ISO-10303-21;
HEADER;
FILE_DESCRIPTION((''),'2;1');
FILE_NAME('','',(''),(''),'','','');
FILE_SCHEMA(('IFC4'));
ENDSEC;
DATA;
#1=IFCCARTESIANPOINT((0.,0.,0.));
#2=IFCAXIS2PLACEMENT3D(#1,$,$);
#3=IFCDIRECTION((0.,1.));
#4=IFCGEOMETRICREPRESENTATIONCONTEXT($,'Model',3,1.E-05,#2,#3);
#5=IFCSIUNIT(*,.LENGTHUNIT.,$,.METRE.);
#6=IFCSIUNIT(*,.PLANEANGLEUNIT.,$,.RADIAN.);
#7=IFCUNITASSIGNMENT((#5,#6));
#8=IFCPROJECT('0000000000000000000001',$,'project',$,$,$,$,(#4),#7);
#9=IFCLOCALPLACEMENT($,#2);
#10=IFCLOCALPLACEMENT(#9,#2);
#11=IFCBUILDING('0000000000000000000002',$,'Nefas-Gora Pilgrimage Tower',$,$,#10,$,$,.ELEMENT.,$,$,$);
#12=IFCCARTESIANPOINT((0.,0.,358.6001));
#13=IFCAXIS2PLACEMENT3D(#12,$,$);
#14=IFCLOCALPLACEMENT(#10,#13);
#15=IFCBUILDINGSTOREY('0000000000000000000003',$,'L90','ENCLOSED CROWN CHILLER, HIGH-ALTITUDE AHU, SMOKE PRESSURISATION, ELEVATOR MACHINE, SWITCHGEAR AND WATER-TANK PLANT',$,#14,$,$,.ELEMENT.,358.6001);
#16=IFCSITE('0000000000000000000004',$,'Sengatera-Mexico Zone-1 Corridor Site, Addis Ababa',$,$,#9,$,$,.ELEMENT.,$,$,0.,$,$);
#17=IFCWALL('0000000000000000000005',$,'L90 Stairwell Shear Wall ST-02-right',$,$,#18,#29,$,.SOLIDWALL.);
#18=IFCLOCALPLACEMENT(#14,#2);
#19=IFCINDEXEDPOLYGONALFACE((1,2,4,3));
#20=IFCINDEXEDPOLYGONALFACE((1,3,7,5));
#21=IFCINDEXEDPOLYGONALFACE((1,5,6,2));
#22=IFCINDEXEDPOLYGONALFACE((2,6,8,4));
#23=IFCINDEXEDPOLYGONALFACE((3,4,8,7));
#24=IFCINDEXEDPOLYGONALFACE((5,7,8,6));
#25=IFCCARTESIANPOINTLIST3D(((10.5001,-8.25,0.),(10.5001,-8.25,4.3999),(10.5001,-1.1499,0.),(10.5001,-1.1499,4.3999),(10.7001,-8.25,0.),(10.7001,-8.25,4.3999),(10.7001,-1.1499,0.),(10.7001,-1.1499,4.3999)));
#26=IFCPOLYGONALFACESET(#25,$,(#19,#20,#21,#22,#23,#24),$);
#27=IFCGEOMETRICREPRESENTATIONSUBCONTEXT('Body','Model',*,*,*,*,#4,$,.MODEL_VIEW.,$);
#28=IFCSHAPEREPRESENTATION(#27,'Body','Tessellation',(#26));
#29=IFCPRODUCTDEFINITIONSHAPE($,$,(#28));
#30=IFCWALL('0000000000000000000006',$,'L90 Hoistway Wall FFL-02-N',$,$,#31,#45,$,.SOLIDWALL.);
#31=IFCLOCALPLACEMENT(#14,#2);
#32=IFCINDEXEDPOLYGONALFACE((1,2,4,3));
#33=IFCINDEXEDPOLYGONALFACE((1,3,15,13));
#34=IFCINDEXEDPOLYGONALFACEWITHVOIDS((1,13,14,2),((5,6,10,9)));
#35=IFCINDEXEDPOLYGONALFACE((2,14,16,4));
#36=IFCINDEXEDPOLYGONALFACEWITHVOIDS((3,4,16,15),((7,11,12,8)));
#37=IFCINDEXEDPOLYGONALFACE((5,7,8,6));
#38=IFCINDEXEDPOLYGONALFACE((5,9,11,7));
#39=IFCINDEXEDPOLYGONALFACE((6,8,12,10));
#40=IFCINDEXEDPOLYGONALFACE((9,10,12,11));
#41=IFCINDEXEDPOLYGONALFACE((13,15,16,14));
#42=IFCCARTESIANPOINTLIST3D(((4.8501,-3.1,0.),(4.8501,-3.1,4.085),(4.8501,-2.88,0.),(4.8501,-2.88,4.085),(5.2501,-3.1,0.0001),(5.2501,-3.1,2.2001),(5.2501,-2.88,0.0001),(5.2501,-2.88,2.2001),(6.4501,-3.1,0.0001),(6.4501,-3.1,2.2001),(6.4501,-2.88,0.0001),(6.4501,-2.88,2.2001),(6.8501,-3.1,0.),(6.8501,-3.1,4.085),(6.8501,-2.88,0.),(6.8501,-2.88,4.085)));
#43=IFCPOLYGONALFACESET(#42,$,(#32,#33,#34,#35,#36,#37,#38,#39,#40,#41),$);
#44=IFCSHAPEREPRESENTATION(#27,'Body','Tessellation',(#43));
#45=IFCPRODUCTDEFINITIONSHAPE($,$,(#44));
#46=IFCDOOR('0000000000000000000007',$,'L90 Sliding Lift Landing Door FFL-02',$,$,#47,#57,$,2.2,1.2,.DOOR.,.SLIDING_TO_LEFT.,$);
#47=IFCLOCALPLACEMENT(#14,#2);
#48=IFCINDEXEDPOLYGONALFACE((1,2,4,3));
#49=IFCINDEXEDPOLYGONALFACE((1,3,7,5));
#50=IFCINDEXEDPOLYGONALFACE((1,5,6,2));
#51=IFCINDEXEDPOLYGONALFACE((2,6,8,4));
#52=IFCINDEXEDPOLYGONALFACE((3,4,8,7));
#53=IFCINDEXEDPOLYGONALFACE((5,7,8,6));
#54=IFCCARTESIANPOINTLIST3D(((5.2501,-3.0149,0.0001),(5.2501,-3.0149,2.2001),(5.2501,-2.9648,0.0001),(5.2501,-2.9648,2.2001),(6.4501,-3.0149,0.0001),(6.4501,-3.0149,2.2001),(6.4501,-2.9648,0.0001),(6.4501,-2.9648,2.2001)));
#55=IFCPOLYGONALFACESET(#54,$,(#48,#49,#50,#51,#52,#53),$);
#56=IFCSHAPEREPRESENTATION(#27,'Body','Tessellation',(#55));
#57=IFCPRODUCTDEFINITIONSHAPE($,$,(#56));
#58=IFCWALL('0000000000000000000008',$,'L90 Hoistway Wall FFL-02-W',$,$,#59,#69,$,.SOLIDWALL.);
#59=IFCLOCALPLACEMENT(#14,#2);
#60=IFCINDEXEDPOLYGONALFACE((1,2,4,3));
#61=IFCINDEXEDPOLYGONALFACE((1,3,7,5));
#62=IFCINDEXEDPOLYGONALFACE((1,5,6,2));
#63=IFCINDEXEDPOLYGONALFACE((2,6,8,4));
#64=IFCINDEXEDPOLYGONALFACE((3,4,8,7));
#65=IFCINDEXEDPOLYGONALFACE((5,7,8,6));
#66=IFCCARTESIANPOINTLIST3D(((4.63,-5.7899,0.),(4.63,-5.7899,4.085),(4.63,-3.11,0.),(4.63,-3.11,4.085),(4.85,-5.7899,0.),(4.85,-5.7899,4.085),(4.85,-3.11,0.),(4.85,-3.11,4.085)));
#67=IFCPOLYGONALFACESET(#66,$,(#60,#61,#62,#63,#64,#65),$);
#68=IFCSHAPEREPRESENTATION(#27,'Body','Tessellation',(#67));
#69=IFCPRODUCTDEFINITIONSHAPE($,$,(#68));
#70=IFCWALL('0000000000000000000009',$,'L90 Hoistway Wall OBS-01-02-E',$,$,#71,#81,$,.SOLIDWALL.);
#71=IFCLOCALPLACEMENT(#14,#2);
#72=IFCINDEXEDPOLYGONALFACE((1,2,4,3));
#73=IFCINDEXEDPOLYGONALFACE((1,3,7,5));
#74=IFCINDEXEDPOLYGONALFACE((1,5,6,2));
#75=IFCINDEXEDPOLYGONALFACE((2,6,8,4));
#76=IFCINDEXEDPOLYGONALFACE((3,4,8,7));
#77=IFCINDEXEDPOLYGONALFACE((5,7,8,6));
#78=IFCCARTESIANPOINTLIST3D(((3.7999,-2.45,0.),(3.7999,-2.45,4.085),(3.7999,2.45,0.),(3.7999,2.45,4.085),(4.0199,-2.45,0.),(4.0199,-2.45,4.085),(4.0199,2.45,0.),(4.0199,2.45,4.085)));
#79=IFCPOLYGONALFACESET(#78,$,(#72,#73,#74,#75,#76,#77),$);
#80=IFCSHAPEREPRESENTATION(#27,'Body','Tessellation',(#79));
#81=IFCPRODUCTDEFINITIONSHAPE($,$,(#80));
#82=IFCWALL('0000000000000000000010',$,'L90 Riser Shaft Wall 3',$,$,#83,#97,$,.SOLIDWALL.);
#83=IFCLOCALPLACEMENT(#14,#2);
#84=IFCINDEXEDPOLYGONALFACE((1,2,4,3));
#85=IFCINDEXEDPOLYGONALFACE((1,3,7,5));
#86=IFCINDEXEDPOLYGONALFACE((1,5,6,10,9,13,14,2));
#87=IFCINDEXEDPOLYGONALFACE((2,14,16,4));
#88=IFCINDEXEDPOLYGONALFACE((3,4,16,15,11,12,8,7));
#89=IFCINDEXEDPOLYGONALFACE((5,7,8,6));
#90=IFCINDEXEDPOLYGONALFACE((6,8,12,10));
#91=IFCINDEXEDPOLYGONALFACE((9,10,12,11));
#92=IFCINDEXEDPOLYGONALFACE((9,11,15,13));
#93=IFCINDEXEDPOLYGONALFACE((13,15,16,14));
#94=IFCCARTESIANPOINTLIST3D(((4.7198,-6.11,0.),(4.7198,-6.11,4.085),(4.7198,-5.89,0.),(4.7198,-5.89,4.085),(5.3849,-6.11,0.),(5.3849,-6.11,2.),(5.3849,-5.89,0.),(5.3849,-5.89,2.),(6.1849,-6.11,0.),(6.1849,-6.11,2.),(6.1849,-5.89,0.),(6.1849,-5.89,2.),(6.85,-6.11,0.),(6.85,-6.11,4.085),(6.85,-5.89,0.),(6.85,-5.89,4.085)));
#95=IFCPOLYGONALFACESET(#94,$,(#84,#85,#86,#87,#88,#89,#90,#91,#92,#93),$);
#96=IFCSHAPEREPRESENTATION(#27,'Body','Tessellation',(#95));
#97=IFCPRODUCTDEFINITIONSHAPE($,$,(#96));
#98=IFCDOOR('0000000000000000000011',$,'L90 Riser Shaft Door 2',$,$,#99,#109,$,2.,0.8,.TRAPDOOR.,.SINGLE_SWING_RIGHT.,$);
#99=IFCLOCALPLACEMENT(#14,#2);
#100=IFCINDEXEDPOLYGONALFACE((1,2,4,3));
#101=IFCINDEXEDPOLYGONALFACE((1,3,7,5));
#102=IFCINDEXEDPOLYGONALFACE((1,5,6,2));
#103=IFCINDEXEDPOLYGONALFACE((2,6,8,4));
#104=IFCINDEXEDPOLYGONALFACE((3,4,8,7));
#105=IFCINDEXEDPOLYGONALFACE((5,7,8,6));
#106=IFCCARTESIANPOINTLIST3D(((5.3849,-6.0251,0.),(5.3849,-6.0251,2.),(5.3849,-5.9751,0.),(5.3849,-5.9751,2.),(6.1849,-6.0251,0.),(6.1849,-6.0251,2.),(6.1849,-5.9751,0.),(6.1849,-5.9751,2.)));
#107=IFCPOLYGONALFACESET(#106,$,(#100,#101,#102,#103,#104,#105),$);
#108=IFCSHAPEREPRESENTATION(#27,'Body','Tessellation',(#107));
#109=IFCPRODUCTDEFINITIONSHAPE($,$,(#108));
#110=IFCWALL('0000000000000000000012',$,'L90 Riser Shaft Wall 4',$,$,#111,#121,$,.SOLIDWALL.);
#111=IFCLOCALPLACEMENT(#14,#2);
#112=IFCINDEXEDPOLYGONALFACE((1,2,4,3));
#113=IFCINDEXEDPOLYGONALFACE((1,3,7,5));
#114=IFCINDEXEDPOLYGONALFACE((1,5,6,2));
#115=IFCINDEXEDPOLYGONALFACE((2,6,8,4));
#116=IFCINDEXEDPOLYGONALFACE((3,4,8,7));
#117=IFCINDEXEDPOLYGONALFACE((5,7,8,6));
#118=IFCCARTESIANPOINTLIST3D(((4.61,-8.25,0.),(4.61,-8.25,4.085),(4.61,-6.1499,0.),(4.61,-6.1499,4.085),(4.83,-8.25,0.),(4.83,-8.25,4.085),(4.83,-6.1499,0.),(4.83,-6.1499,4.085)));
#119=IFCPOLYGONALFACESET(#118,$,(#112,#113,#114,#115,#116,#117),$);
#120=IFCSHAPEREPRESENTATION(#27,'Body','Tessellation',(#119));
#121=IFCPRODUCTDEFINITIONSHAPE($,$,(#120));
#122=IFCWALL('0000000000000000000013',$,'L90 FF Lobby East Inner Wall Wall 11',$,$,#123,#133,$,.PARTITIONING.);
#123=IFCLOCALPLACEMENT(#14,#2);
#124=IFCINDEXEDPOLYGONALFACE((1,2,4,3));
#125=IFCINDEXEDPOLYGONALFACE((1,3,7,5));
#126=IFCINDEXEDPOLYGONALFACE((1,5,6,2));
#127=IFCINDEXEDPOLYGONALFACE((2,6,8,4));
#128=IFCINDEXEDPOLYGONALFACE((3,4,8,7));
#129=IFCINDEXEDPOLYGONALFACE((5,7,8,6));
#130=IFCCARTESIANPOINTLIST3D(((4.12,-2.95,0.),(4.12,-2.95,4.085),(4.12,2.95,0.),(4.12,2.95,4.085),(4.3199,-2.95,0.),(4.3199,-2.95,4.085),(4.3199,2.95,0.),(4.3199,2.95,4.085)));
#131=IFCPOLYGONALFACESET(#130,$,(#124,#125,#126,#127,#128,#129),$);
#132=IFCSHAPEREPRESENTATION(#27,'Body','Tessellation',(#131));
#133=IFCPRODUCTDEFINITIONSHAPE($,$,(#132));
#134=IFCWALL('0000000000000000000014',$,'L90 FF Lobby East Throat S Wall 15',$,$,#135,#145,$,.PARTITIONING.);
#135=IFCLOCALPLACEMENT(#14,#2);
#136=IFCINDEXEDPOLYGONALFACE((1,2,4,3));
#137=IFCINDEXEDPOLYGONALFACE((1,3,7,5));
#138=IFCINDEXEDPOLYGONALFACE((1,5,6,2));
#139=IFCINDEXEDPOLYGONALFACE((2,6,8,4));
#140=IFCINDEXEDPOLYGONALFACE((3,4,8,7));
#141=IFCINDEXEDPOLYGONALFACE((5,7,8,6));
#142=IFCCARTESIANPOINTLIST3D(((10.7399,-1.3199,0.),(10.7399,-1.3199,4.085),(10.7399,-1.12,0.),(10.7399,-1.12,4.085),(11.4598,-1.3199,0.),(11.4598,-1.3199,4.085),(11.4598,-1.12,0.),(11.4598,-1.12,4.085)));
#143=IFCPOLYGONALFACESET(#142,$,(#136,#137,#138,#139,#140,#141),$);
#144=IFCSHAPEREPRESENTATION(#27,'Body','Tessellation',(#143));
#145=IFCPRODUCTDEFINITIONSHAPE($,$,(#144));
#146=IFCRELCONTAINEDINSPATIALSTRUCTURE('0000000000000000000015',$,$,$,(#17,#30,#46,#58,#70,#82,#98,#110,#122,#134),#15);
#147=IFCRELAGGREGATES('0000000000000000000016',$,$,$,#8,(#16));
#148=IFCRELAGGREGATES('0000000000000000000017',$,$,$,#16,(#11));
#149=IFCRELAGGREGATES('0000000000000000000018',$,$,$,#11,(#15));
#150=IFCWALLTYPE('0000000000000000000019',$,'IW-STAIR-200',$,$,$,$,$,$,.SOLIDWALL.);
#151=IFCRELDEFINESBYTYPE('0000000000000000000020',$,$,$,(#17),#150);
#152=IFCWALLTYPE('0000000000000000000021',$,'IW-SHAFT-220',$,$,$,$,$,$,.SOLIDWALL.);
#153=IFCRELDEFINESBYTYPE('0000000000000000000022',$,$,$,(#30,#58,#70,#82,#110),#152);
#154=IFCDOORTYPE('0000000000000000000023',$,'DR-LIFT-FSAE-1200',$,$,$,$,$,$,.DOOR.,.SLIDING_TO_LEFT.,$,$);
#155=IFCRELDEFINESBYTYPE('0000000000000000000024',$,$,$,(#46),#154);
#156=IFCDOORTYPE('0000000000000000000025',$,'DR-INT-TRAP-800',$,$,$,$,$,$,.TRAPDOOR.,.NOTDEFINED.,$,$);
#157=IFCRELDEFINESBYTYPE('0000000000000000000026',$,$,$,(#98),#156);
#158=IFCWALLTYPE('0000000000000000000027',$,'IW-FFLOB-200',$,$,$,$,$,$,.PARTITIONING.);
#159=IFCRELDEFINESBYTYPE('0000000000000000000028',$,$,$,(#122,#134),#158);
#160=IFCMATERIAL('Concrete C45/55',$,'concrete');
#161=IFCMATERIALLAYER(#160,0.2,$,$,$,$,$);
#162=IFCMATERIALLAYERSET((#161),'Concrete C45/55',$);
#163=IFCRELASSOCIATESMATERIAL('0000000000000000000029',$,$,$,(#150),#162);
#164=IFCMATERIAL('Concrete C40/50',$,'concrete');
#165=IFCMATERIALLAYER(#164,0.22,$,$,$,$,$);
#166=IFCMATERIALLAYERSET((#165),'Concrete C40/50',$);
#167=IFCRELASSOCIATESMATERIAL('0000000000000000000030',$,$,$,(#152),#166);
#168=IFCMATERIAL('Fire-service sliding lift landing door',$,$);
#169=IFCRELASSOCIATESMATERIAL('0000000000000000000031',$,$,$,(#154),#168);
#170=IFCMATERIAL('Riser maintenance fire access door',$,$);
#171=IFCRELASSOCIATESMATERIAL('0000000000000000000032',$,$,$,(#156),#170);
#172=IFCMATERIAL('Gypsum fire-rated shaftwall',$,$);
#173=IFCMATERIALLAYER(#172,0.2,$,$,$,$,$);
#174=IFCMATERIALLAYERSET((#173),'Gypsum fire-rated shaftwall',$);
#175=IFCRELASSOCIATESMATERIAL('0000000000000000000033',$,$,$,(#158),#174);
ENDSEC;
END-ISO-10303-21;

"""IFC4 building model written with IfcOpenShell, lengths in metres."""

from ifc_helpers import new_model, si_unit, direction, frame, frame_2d, origin, place, context, subcontext, project, spatial, rectangle, extrude, source, transform, mapped, material, layer, layer_set, type_object, element, fill, save


model = new_model("IFC4")

# Units and contexts
model_context = context("Model", 3, precision=1e-05, world=origin(), true_north=direction((0.0, 1.0)))
body_context = subcontext(model_context, "Body", "Model", "MODEL_VIEW")
ifc_project = project(units=[si_unit("LENGTHUNIT", "METRE"), si_unit("PLANEANGLEUNIT", "RADIAN")], contexts=[model_context])

# Site, building, storey
site_placement = place(None, origin())
site = spatial("IfcSite", under=ifc_project, at=site_placement, Name="Sengatera-Mexico Zone-1 Corridor Site, Addis Ababa", CompositionType="ELEMENT", RefElevation=0.0)
building_placement = place(site_placement, origin())
building = spatial("IfcBuilding", under=site, at=building_placement, Name="Nefas-Gora Pilgrimage Tower", CompositionType="ELEMENT")
storey_placement = place(building_placement, frame((0.0, 0.0, 358.6001)))
storey = spatial("IfcBuildingStorey", under=building, at=storey_placement, Name="L90", Description="ENCLOSED CROWN CHILLER, HIGH-ALTITUDE AHU, SMOKE PRESSURISATION, ELEVATOR MACHINE, SWITCHGEAR AND WATER-TANK PLANT", CompositionType="ELEMENT", Elevation=358.6001)

# Shared definitions
ifc_material_1 = material(Name="Concrete C45/55", Category="concrete")
ifc_layer_1 = layer(ifc_material_1, 0.2)
ifc_layer_set_1 = layer_set([ifc_layer_1], Name="Concrete C45/55")
wall_type_1 = type_object("IfcWallType", Name="IW-STAIR-200", PredefinedType="SOLIDWALL", material=ifc_layer_set_1)

# Shared definitions
shared_shape_1 = source(origin(), body_context, "Body", "SweptSolid", [
    extrude(rectangle(XDim=7.1001, YDim=0.2, at=frame_2d((3.55, 0.0))), origin(), (0.0, 0.0, 1.0), 4.3999),
])

# Wall
wall_1_placement = place(storey_placement, frame((10.6001, -1.1499, 0.0), z_axis=(0.0, 0.0, 1.0), x_axis=(0.0, -1.0, 0.0)))
element("IfcWall", 1, at=wall_1_placement, inside=storey, type_object=wall_type_1, Name="L90 Stairwell Shear Wall ST-02-right", PredefinedType="SOLIDWALL", context=body_context, shape_type="MappedRepresentation", body=[
    mapped(shared_shape_1, transform((0.0, 0.0, 0.0), x_axis=(1.0, 0.0, 0.0), y_axis=(0.0, 1.0, 0.0), z_axis=(0.0, 0.0, 1.0), scale=1.0)),
])

# Wall, opening, door
ifc_material_2 = material(Name="Concrete C40/50", Category="concrete")
ifc_layer_2 = layer(ifc_material_2, 0.22)
ifc_layer_set_2 = layer_set([ifc_layer_2], Name="Concrete C40/50")
wall_type_2 = type_object("IfcWallType", Name="IW-SHAFT-220", PredefinedType="SOLIDWALL", material=ifc_layer_set_2)
shared_shape_2 = source(origin(), body_context, "Body", "SweptSolid", [
    extrude(rectangle(XDim=2.0, YDim=0.22, at=frame_2d((1.0, 0.0))), origin(), (0.0, 0.0, 1.0), 4.085),
])
wall_2_placement = place(storey_placement, frame((6.8501, -2.99, 0.0), z_axis=(0.0, 0.0, 1.0), x_axis=(-1.0, 0.0, 0.0)))
wall_2 = element("IfcWall", 2, at=wall_2_placement, inside=storey, type_object=wall_type_2, Name="L90 Hoistway Wall FFL-02-N", PredefinedType="SOLIDWALL", context=body_context, shape_type="MappedRepresentation", body=[
    mapped(shared_shape_2, transform((0.0, 0.0, 0.0), x_axis=(1.0, 0.0, 0.0), y_axis=(0.0, 1.0, 0.0), z_axis=(0.0, 0.0, 1.0), scale=1.0)),
])
opening_1_placement = place(wall_2_placement, frame((0.3999, 0.0, 0.0)))
opening_1 = element("IfcOpeningElement", 3, at=opening_1_placement, cuts=wall_2, PredefinedType="OPENING", context=body_context, shape_type="SweptSolid", body=[
    extrude(rectangle(XDim=1.2, YDim=2.2, at=frame_2d((0.6001, 1.1001))), frame((0.0, 0.1199, 0.0), z_axis=(0.0, -1.0, 0.0), x_axis=(1.0, 0.0, 0.0)), (0.0, 0.0, 1.0), 0.24),
])
ifc_material_3 = material(Name="Fire-service sliding lift landing door")
door_type_1 = type_object("IfcDoorType", Name="DR-LIFT-FSAE-1200", OperationType="SLIDING_TO_LEFT", PredefinedType="DOOR", material=ifc_material_3)
shared_shape_3 = source(origin(), body_context, "Body", "SweptSolid", [
    extrude(rectangle(XDim=1.2, YDim=2.2, at=frame_2d((0.6001, 1.1001))), frame((0.0, 0.0249, 0.0), z_axis=(0.0, -1.0, 0.0), x_axis=(1.0, 0.0, 0.0)), (0.0, 0.0, 1.0), 0.05),
])
door_1_placement = place(opening_1_placement, origin())
door_1 = element("IfcDoor", 4, at=door_1_placement, inside=storey, type_object=door_type_1, Name="L90 Sliding Lift Landing Door FFL-02", OperationType="SLIDING_TO_LEFT", OverallHeight=2.2, OverallWidth=1.2, PredefinedType="DOOR", context=body_context, shape_type="MappedRepresentation", body=[
    mapped(shared_shape_3, transform((0.0, 0.0, 0.0), x_axis=(1.0, 0.0, 0.0), y_axis=(0.0, 1.0, 0.0), z_axis=(0.0, 0.0, 1.0), scale=1.0)),
])
fill(opening_1, door_1)

# Walls
shared_shape_4 = source(origin(), body_context, "Body", "SweptSolid", [
    extrude(rectangle(XDim=2.6799, YDim=0.22, at=frame_2d((1.3398, 0.0))), origin(), (0.0, 0.0, 1.0), 4.085),
])
wall_3_placement = place(storey_placement, frame((4.74, -3.1101, 0.0), z_axis=(0.0, 0.0, 1.0), x_axis=(0.0, -1.0, 0.0)))
element("IfcWall", 5, at=wall_3_placement, inside=storey, type_object=wall_type_2, Name="L90 Hoistway Wall FFL-02-W", PredefinedType="SOLIDWALL", context=body_context, shape_type="MappedRepresentation", body=[
    mapped(shared_shape_4, transform((0.0, 0.0, 0.0), x_axis=(1.0, 0.0, 0.0), y_axis=(0.0, 1.0, 0.0), z_axis=(0.0, 0.0, 1.0), scale=1.0)),
])
shared_shape_5 = source(origin(), body_context, "Body", "SweptSolid", [
    extrude(rectangle(XDim=4.8999, YDim=0.22, at=frame_2d((2.45, 0.0))), origin(), (0.0, 0.0, 1.0), 4.085),
])
wall_4_placement = place(storey_placement, frame((3.9099, -2.45, 0.0), z_axis=(0.0, 0.0, 1.0), x_axis=(0.0, 1.0, 0.0)))
element("IfcWall", 6, at=wall_4_placement, inside=storey, type_object=wall_type_2, Name="L90 Hoistway Wall OBS-01-02-E", PredefinedType="SOLIDWALL", context=body_context, shape_type="MappedRepresentation", body=[
    mapped(shared_shape_5, transform((0.0, 0.0, 0.0), x_axis=(1.0, 0.0, 0.0), y_axis=(0.0, 1.0, 0.0), z_axis=(0.0, 0.0, 1.0), scale=1.0)),
])

# Wall, opening, door
shared_shape_6 = source(origin(), body_context, "Body", "SweptSolid", [
    extrude(rectangle(XDim=2.1301, YDim=0.22, at=frame_2d((1.0649, 0.0))), origin(), (0.0, 0.0, 1.0), 4.085),
])
wall_5_placement = place(storey_placement, frame((4.72, -6.0, 0.0), z_axis=(0.0, 0.0, 1.0), x_axis=(1.0, 0.0, 0.0)))
wall_5 = element("IfcWall", 7, at=wall_5_placement, inside=storey, type_object=wall_type_2, Name="L90 Riser Shaft Wall 3", PredefinedType="SOLIDWALL", context=body_context, shape_type="MappedRepresentation", body=[
    mapped(shared_shape_6, transform((0.0, 0.0, 0.0), x_axis=(1.0, 0.0, 0.0), y_axis=(0.0, 1.0, 0.0), z_axis=(0.0, 0.0, 1.0), scale=1.0)),
])
opening_2_placement = place(wall_5_placement, frame((0.665, 0.0, 0.0)))
opening_2 = element("IfcOpeningElement", 8, at=opening_2_placement, cuts=wall_5, PredefinedType="OPENING", context=body_context, shape_type="SweptSolid", body=[
    extrude(rectangle(XDim=0.8, YDim=2.0, at=frame_2d((0.3999, 1.0))), frame((0.0, 0.1199, 0.0), z_axis=(0.0, -1.0, 0.0), x_axis=(1.0, 0.0, 0.0)), (0.0, 0.0, 1.0), 0.24),
])
ifc_material_4 = material(Name="Riser maintenance fire access door")
door_type_2 = type_object("IfcDoorType", Name="DR-INT-TRAP-800", OperationType="NOTDEFINED", PredefinedType="TRAPDOOR", material=ifc_material_4)
shared_shape_7 = source(origin(), body_context, "Body", "SweptSolid", [
    extrude(rectangle(XDim=0.8, YDim=2.0, at=frame_2d((0.3999, 1.0))), frame((0.0, 0.0249, 0.0), z_axis=(0.0, -1.0, 0.0), x_axis=(1.0, 0.0, 0.0)), (0.0, 0.0, 1.0), 0.05),
])
door_2_placement = place(opening_2_placement, origin())
door_2 = element("IfcDoor", 9, at=door_2_placement, inside=storey, type_object=door_type_2, Name="L90 Riser Shaft Door 2", OperationType="SINGLE_SWING_RIGHT", OverallHeight=2.0, OverallWidth=0.8, PredefinedType="TRAPDOOR", context=body_context, shape_type="MappedRepresentation", body=[
    mapped(shared_shape_7, transform((0.0, 0.0, 0.0), x_axis=(1.0, 0.0, 0.0), y_axis=(0.0, 1.0, 0.0), z_axis=(0.0, 0.0, 1.0), scale=1.0)),
])
fill(opening_2, door_2)

# Wall
shared_shape_8 = source(origin(), body_context, "Body", "SweptSolid", [
    extrude(rectangle(XDim=2.1001, YDim=0.22, at=frame_2d((1.05, 0.0))), origin(), (0.0, 0.0, 1.0), 4.085),
])
wall_6_placement = place(storey_placement, frame((4.72, -8.25, 0.0), z_axis=(0.0, 0.0, 1.0), x_axis=(0.0, 1.0, 0.0)))
element("IfcWall", 10, at=wall_6_placement, inside=storey, type_object=wall_type_2, Name="L90 Riser Shaft Wall 4", PredefinedType="SOLIDWALL", context=body_context, shape_type="MappedRepresentation", body=[
    mapped(shared_shape_8, transform((0.0, 0.0, 0.0), x_axis=(1.0, 0.0, 0.0), y_axis=(0.0, 1.0, 0.0), z_axis=(0.0, 0.0, 1.0), scale=1.0)),
])

# Shared definitions
ifc_material_5 = material(Name="Gypsum fire-rated shaftwall")
ifc_layer_3 = layer(ifc_material_5, 0.2)
ifc_layer_set_3 = layer_set([ifc_layer_3], Name="Gypsum fire-rated shaftwall")
wall_type_3 = type_object("IfcWallType", Name="IW-FFLOB-200", PredefinedType="PARTITIONING", material=ifc_layer_set_3)

# Walls
shared_shape_9 = source(origin(), body_context, "Body", "SweptSolid", [
    extrude(rectangle(XDim=5.8999, YDim=0.2, at=frame_2d((2.95, 0.0))), origin(), (0.0, 0.0, 1.0), 4.085),
])
wall_7_placement = place(storey_placement, frame((4.22, -2.95, 0.0), z_axis=(0.0, 0.0, 1.0), x_axis=(0.0, 1.0, 0.0)))
element("IfcWall", 11, at=wall_7_placement, inside=storey, type_object=wall_type_3, Name="L90 FF Lobby East Inner Wall Wall 11", PredefinedType="PARTITIONING", context=body_context, shape_type="MappedRepresentation", body=[
    mapped(shared_shape_9, transform((0.0, 0.0, 0.0), x_axis=(1.0, 0.0, 0.0), y_axis=(0.0, 1.0, 0.0), z_axis=(0.0, 0.0, 1.0), scale=1.0)),
])
shared_shape_10 = source(origin(), body_context, "Body", "SweptSolid", [
    extrude(rectangle(XDim=0.72, YDim=0.2, at=frame_2d((0.3599, 0.0))), origin(), (0.0, 0.0, 1.0), 4.085),
])
wall_8_placement = place(storey_placement, frame((10.74, -1.22, 0.0), z_axis=(0.0, 0.0, 1.0), x_axis=(1.0, 0.0, 0.0)))
element("IfcWall", 12, at=wall_8_placement, inside=storey, type_object=wall_type_3, Name="L90 FF Lobby East Throat S Wall 15", PredefinedType="PARTITIONING", context=body_context, shape_type="MappedRepresentation", body=[
    mapped(shared_shape_10, transform((0.0, 0.0, 0.0), x_axis=(1.0, 0.0, 0.0), y_axis=(0.0, 1.0, 0.0), z_axis=(0.0, 0.0, 1.0), scale=1.0)),
])

save(model, "model.ifc")
